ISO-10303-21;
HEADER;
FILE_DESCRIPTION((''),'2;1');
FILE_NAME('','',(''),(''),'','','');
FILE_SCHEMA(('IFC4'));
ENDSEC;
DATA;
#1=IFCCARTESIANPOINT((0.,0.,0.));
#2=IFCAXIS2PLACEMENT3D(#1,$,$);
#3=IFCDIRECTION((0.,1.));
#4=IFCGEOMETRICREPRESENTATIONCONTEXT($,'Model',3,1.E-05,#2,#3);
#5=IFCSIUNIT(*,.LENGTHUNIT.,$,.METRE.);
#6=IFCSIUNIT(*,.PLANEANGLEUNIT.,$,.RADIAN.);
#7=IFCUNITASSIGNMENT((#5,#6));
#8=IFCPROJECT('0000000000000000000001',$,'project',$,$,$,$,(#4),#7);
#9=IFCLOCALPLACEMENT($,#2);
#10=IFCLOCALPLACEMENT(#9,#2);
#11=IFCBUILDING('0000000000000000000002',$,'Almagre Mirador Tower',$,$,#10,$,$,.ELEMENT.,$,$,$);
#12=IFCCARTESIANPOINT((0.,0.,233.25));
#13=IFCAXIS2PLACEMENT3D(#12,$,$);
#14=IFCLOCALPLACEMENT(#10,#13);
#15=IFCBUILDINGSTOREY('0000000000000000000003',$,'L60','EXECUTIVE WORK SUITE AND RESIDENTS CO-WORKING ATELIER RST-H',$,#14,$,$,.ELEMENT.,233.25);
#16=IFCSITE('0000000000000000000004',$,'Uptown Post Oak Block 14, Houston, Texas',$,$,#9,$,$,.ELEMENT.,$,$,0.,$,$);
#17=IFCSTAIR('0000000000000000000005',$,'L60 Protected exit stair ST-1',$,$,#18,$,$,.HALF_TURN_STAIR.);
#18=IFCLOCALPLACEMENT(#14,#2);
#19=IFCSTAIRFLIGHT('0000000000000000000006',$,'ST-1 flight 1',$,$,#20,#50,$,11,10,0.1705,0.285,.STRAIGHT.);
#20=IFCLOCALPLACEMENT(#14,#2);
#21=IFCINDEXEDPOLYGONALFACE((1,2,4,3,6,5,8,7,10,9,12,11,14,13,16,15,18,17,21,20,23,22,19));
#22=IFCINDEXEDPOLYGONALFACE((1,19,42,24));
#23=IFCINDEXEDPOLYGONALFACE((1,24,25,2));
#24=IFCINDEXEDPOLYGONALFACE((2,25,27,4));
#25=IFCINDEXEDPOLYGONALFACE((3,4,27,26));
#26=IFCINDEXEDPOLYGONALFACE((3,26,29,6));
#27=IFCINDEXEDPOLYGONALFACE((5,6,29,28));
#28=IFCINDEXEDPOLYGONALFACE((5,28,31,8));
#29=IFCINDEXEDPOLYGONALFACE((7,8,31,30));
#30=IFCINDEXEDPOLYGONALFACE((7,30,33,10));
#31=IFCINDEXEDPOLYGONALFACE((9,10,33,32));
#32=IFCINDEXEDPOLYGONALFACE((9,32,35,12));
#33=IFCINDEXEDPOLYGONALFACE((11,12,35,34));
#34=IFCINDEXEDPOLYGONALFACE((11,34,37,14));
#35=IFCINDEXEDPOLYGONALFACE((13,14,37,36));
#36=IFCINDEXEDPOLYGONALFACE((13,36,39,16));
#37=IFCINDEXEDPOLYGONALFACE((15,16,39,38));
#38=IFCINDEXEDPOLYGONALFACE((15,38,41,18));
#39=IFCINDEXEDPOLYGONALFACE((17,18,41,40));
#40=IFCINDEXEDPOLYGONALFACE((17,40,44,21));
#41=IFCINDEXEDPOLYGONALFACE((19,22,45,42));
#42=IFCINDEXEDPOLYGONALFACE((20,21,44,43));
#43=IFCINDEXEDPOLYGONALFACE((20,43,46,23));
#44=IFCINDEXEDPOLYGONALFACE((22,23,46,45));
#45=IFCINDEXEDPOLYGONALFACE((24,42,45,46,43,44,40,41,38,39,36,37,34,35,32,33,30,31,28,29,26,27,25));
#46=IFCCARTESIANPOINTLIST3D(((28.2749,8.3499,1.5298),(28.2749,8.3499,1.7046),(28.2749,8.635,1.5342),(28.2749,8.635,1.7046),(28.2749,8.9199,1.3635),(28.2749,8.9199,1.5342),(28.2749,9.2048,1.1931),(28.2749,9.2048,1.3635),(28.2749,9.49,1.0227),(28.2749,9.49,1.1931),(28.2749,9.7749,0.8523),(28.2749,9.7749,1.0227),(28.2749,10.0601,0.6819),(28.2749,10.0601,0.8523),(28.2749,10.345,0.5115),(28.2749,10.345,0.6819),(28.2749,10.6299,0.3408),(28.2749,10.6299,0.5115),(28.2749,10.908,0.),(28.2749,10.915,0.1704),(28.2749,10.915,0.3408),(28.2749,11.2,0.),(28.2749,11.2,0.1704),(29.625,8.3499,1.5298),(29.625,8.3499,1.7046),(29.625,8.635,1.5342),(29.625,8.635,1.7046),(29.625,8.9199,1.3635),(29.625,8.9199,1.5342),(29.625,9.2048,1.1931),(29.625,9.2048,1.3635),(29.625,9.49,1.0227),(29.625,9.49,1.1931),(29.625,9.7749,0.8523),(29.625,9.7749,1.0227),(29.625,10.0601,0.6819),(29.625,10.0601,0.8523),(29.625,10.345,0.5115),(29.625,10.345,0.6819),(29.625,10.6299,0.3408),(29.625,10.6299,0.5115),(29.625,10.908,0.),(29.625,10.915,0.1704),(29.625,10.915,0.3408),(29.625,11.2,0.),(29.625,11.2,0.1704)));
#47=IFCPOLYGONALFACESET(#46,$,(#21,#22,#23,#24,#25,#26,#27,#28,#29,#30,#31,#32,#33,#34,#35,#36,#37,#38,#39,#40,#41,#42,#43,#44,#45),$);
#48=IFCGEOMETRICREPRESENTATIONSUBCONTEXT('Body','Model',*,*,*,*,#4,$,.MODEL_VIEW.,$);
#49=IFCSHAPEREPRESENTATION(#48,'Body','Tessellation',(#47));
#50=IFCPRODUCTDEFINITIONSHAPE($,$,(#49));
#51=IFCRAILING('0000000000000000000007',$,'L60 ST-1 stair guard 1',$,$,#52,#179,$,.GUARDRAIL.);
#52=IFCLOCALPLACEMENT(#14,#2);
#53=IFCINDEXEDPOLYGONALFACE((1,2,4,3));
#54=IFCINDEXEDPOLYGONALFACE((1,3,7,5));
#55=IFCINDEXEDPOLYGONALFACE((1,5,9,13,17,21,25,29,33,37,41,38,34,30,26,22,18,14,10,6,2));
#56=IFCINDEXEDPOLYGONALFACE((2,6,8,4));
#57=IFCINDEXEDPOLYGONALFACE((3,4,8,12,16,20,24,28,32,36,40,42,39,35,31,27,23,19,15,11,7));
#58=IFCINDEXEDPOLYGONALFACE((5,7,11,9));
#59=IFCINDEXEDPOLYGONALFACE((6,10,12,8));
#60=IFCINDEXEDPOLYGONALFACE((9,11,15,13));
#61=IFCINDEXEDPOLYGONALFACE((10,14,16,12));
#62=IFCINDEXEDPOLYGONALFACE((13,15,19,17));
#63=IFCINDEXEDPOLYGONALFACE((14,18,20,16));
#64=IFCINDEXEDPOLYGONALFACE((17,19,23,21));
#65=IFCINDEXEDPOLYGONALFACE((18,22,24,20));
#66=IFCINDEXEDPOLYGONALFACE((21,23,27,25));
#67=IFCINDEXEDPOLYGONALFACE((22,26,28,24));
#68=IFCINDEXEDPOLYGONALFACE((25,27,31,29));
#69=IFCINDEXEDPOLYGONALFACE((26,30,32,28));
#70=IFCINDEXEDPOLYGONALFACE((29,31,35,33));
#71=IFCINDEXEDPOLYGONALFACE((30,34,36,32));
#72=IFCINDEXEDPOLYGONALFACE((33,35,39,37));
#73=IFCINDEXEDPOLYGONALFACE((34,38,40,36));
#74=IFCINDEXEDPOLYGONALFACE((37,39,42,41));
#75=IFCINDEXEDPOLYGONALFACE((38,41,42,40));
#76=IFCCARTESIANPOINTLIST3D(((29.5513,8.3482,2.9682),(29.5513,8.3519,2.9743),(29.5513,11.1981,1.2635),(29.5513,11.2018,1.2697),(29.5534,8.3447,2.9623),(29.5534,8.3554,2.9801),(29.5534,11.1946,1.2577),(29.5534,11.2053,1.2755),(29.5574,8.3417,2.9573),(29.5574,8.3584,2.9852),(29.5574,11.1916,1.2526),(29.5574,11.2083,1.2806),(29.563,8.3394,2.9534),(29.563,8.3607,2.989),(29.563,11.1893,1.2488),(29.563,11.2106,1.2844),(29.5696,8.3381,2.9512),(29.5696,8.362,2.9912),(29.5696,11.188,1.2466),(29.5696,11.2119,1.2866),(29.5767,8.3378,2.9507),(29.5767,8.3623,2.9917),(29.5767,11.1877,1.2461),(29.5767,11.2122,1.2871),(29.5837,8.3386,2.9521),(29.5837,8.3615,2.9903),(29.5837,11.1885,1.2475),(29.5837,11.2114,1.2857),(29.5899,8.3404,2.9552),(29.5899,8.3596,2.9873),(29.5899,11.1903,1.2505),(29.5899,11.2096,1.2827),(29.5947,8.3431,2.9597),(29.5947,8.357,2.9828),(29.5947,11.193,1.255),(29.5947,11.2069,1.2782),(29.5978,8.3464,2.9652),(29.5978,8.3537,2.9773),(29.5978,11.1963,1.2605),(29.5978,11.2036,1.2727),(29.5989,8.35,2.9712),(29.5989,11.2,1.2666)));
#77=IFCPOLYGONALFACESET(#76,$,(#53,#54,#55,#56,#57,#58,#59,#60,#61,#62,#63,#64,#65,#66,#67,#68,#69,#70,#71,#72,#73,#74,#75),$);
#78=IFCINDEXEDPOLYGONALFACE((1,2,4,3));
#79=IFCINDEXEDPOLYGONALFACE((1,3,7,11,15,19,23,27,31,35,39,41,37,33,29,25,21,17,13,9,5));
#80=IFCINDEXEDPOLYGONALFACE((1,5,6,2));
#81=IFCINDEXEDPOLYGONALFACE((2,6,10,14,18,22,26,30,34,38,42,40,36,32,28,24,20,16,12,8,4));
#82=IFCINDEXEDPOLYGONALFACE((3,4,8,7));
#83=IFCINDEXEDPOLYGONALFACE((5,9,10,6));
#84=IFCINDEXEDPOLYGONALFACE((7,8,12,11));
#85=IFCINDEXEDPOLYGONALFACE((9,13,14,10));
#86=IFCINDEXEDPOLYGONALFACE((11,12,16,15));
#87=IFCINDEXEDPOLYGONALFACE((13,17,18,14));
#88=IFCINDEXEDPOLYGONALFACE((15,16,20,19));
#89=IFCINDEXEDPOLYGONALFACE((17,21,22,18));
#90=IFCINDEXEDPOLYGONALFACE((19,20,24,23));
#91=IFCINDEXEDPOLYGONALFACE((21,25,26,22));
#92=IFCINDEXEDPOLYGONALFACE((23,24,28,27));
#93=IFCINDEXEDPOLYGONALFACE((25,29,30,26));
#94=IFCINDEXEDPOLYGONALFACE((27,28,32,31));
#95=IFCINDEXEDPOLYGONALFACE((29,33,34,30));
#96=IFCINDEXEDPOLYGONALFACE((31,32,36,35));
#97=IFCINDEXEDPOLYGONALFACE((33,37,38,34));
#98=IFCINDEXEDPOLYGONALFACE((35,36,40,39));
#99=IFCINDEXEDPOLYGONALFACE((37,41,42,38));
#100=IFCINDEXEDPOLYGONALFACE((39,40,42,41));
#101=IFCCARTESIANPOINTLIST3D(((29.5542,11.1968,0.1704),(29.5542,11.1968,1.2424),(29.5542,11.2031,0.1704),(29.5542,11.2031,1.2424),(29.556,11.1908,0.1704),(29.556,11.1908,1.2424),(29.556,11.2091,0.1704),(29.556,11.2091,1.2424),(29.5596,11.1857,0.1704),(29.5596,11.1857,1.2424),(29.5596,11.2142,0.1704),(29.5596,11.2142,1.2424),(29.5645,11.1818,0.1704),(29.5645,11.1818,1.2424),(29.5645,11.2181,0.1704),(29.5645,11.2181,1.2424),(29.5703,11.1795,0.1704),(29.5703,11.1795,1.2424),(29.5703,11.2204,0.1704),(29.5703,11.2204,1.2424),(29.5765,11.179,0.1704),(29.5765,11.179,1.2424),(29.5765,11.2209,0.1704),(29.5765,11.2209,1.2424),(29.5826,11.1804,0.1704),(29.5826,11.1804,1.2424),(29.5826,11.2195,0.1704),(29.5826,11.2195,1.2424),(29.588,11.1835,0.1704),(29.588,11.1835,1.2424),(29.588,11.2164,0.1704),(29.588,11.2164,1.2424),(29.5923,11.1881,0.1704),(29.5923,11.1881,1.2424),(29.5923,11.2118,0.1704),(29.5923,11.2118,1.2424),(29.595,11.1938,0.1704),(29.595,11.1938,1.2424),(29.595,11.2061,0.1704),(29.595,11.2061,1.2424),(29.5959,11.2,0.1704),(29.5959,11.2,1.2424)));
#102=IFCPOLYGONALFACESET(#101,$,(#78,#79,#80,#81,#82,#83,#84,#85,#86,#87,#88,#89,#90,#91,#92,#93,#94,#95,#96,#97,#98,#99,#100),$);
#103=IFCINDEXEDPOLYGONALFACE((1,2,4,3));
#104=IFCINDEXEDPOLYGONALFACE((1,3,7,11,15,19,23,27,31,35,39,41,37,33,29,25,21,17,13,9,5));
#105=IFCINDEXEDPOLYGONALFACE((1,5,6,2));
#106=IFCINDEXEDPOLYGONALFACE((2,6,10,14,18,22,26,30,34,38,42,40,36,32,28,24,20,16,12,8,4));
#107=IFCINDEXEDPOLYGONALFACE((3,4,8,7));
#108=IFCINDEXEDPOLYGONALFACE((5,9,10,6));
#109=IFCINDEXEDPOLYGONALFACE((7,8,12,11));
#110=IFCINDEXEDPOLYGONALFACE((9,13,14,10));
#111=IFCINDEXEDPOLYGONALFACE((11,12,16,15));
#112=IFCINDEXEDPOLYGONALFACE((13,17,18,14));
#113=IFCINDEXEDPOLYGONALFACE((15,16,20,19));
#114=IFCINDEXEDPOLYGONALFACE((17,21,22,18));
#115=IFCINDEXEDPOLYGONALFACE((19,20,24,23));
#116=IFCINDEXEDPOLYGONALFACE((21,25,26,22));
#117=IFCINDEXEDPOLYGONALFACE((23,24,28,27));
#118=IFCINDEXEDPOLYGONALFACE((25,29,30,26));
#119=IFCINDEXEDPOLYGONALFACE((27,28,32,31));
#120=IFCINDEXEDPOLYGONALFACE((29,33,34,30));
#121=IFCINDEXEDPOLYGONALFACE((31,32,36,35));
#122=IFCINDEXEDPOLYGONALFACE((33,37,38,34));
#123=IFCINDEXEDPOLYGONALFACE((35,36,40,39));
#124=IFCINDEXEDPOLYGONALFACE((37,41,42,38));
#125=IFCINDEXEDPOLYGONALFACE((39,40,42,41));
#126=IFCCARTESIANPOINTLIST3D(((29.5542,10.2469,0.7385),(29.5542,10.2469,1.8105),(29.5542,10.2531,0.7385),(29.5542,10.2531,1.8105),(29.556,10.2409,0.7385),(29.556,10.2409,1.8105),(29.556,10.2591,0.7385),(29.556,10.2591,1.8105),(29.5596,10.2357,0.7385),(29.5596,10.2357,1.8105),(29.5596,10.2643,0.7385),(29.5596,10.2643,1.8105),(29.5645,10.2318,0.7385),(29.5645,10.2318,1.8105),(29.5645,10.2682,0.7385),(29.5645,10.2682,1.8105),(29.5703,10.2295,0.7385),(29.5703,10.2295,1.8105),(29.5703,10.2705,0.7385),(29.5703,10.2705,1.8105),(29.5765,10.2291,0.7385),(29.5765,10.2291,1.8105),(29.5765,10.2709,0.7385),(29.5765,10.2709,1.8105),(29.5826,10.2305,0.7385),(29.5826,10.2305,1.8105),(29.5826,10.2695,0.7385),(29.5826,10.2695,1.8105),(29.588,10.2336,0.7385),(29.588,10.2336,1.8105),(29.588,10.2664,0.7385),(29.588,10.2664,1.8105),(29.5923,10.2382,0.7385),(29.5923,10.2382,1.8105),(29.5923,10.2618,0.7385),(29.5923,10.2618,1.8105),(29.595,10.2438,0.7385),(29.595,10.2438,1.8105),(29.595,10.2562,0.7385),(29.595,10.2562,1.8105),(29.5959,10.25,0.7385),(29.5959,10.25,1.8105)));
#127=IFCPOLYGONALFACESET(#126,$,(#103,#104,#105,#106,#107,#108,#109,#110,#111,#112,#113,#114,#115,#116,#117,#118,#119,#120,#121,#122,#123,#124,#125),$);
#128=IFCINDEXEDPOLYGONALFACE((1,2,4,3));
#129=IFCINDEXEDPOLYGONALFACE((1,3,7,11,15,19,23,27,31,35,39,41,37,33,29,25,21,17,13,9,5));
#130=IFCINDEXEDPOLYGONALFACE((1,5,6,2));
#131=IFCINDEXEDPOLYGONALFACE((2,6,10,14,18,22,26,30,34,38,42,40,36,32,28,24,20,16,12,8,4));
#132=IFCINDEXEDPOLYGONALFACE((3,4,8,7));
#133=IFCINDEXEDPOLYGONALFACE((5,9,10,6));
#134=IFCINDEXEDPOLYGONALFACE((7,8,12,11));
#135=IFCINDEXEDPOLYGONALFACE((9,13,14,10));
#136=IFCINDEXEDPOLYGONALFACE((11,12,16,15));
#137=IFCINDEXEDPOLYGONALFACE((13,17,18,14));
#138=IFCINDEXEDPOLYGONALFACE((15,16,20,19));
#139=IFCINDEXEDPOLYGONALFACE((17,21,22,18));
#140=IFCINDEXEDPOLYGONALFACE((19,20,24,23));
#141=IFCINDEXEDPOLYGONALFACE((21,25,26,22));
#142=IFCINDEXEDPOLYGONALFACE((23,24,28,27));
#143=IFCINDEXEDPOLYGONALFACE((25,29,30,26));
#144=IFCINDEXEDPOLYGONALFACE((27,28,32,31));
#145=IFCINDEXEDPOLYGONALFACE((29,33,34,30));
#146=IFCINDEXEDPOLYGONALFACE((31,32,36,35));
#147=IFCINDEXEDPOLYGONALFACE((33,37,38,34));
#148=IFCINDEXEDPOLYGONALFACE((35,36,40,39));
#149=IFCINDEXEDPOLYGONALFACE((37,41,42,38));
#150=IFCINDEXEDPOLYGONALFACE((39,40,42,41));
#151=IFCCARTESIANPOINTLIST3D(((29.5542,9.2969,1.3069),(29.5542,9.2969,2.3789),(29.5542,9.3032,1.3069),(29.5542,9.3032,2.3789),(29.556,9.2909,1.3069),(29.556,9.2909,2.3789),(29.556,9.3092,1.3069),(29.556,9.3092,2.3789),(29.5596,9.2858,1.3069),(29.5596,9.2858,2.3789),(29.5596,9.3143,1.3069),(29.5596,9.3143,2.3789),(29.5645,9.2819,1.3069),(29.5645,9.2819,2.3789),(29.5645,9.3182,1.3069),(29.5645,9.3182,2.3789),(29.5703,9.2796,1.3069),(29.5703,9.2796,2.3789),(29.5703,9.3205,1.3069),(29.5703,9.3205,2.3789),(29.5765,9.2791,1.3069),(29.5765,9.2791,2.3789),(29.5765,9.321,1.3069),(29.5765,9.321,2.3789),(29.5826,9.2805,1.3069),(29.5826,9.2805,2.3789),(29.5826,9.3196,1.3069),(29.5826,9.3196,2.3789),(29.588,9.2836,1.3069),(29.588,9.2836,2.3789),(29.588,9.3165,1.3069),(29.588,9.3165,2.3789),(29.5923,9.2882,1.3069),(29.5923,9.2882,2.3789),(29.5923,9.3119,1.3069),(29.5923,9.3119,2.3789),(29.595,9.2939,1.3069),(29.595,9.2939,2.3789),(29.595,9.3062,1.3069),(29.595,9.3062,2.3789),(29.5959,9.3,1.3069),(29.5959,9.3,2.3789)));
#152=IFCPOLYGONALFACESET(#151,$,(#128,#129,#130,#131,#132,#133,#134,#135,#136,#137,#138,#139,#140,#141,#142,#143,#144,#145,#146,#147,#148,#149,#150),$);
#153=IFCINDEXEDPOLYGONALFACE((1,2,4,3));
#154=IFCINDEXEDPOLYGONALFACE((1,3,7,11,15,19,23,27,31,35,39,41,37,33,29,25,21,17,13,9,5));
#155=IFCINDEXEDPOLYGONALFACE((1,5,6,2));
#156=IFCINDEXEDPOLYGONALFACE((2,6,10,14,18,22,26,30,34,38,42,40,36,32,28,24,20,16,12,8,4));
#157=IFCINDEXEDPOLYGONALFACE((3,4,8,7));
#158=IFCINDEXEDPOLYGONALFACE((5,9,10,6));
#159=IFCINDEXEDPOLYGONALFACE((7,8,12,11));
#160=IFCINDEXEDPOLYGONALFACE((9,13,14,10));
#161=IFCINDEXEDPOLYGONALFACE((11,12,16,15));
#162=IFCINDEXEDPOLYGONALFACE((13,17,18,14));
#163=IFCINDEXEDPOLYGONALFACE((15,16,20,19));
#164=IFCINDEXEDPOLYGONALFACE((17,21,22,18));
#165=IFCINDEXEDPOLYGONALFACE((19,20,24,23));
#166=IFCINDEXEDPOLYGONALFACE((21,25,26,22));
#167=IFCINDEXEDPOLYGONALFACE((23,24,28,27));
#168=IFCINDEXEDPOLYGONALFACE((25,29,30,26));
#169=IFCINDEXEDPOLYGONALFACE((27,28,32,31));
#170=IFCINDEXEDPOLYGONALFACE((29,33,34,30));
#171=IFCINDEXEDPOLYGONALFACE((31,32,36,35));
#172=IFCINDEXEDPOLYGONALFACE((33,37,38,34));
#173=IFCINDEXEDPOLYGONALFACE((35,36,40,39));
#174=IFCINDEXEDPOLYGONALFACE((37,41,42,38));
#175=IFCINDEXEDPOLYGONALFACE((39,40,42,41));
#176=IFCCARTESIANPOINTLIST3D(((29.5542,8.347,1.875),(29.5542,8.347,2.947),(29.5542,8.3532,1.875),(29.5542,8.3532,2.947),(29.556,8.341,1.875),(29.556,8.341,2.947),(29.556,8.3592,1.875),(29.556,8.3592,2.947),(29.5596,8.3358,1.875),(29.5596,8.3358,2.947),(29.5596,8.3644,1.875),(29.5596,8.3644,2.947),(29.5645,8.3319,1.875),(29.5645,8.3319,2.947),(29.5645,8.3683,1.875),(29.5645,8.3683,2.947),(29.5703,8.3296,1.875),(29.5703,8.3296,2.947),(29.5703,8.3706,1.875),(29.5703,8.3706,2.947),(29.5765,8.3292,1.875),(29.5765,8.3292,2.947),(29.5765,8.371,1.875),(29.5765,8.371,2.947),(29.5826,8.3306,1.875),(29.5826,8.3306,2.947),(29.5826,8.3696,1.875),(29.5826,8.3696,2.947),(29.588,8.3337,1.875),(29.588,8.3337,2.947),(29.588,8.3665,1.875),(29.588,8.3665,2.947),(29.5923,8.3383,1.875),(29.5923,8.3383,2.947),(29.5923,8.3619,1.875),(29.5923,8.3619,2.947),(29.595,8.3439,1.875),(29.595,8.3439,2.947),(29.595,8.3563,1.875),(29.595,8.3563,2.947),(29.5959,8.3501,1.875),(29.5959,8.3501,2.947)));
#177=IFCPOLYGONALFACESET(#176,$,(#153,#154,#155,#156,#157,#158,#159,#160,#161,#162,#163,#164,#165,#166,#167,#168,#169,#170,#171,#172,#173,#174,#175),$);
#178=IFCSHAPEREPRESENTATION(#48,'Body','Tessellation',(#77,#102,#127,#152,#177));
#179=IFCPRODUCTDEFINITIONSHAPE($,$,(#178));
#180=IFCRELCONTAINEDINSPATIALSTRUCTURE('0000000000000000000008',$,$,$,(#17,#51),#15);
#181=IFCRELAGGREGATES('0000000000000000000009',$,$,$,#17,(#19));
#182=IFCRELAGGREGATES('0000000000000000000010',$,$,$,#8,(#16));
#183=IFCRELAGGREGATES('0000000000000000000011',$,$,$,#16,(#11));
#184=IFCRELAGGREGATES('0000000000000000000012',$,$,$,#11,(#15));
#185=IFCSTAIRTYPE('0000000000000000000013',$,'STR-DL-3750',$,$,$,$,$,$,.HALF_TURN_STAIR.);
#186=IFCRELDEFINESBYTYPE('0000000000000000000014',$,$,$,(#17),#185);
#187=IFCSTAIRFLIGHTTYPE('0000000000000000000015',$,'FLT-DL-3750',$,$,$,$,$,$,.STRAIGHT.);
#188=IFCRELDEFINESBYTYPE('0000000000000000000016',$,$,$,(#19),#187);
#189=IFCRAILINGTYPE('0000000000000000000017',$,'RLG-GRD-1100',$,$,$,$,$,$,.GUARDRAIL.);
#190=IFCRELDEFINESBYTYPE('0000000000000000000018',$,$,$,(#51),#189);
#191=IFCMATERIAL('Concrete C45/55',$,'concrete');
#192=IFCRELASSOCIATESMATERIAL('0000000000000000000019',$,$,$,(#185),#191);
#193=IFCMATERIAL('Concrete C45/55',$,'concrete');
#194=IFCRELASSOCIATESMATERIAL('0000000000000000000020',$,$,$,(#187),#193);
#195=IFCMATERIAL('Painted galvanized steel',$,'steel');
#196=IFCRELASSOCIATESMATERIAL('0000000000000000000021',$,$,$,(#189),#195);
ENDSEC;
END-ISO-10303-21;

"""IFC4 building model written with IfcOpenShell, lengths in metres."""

from ifc_helpers import new_model, si_unit, direction, frame, origin, origin_2d, place, context, subcontext, project, spatial, polyline, circle, outline, extrude, material, type_object, element, aggregate, save


model = new_model("IFC4")

# Units and contexts
model_context = context("Model", 3, precision=1e-05, world=origin(), true_north=direction((0.0, 1.0)))
body_context = subcontext(model_context, "Body", "Model", "MODEL_VIEW")
ifc_project = project(units=[si_unit("LENGTHUNIT", "METRE"), si_unit("PLANEANGLEUNIT", "RADIAN")], contexts=[model_context])

# Site, building, storey
site_placement = place(None, origin())
site = spatial("IfcSite", under=ifc_project, at=site_placement, Name="Uptown Post Oak Block 14, Houston, Texas", CompositionType="ELEMENT", RefElevation=0.0)
building_placement = place(site_placement, origin())
building = spatial("IfcBuilding", under=site, at=building_placement, Name="Almagre Mirador Tower", CompositionType="ELEMENT")
storey_placement = place(building_placement, frame((0.0, 0.0, 233.25)))
storey = spatial("IfcBuildingStorey", under=building, at=storey_placement, Name="L60", Description="EXECUTIVE WORK SUITE AND RESIDENTS CO-WORKING ATELIER RST-H", CompositionType="ELEMENT", Elevation=233.25)

# Stair, stair flight
ifc_material_1 = material(Name="Concrete C45/55", Category="concrete")
stair_type = type_object("IfcStairType", Name="STR-DL-3750", PredefinedType="HALF_TURN_STAIR", material=ifc_material_1)
stair_placement = place(storey_placement, origin())
stair = element("IfcStair", 1, at=stair_placement, inside=storey, type_object=stair_type, Name="L60 Protected exit stair ST-1", PredefinedType="HALF_TURN_STAIR")
ifc_material_2 = material(Name="Concrete C45/55", Category="concrete")
stair_flight_type = type_object("IfcStairFlightType", Name="FLT-DL-3750", PredefinedType="STRAIGHT", material=ifc_material_2)
stair_flight_placement = place(storey_placement, frame((28.95, 11.2, 0.0), z_axis=(0.0, 0.0, 1.0), x_axis=(0.0, -1.0, 0.0)))
stair_flight = element("IfcStairFlight", 2, at=stair_flight_placement, type_object=stair_flight_type, Name="ST-1 flight 1", NumberOfRisers=11, NumberOfTreads=10, PredefinedType="STRAIGHT", RiserHeight=0.1705, TreadLength=0.285, context=body_context, shape_type="SweptSolid", body=[
    extrude(outline(polyline([(0.0, 0.0), (0.0, 0.1704), (0.2849, 0.1704), (0.2849, 0.3408), (0.5701, 0.3408), (0.5701, 0.5115), (0.855, 0.5115), (0.855, 0.6819), (1.1399, 0.6819), (1.1399, 0.8523), (1.425, 0.8523), (1.425, 1.0227), (1.71, 1.0227), (1.71, 1.1931), (1.9951, 1.1931), (1.9951, 1.3635), (2.28, 1.3635), (2.28, 1.5342), (2.5649, 1.5342), (2.5649, 1.7046), (2.8501, 1.7046), (2.8501, 1.875), (2.8501, 1.5298), (0.292, 0.0), (0.0, 0.0)])), frame((0.0, 0.675, 0.0), z_axis=(0.0, -1.0, 0.0), x_axis=(1.0, 0.0, 0.0)), (0.0, 0.0, 1.0), 1.3501),
])
aggregate(stair, [stair_flight])

# Railing
ifc_material_3 = material(Name="Painted galvanized steel", Category="steel")
railing_type = type_object("IfcRailingType", Name="RLG-GRD-1100", PredefinedType="GUARDRAIL", material=ifc_material_3)
railing_1_placement = place(storey_placement, frame((29.575, 11.2, 0.1704)))
element("IfcRailing", 3, at=railing_1_placement, inside=storey, type_object=railing_type, Name="L60 ST-1 stair guard 1", PredefinedType="GUARDRAIL", context=body_context, shape_type="SweptSolid", body=[
    extrude(circle(Radius=0.0239, at=origin_2d()), frame((0.0, 0.0, 1.0962), z_axis=(0.0, -0.858199, 0.513317), x_axis=(1.0, 0.0, 0.0)), (0.0, 0.0, 1.0), 3.3208),
    extrude(circle(Radius=0.021, at=origin_2d()), origin(), (0.0, 0.0, 1.0), 1.072),
    extrude(circle(Radius=0.021, at=origin_2d()), frame((0.0, -0.95, 0.5681)), (0.0, 0.0, 1.0), 1.072),
    extrude(circle(Radius=0.021, at=origin_2d()), frame((0.0, -1.8999, 1.1365)), (0.0, 0.0, 1.0), 1.072),
    extrude(circle(Radius=0.021, at=origin_2d()), frame((0.0, -2.8499, 1.7046)), (0.0, 0.0, 1.0), 1.072),
])

save(model, "model.ifc")
